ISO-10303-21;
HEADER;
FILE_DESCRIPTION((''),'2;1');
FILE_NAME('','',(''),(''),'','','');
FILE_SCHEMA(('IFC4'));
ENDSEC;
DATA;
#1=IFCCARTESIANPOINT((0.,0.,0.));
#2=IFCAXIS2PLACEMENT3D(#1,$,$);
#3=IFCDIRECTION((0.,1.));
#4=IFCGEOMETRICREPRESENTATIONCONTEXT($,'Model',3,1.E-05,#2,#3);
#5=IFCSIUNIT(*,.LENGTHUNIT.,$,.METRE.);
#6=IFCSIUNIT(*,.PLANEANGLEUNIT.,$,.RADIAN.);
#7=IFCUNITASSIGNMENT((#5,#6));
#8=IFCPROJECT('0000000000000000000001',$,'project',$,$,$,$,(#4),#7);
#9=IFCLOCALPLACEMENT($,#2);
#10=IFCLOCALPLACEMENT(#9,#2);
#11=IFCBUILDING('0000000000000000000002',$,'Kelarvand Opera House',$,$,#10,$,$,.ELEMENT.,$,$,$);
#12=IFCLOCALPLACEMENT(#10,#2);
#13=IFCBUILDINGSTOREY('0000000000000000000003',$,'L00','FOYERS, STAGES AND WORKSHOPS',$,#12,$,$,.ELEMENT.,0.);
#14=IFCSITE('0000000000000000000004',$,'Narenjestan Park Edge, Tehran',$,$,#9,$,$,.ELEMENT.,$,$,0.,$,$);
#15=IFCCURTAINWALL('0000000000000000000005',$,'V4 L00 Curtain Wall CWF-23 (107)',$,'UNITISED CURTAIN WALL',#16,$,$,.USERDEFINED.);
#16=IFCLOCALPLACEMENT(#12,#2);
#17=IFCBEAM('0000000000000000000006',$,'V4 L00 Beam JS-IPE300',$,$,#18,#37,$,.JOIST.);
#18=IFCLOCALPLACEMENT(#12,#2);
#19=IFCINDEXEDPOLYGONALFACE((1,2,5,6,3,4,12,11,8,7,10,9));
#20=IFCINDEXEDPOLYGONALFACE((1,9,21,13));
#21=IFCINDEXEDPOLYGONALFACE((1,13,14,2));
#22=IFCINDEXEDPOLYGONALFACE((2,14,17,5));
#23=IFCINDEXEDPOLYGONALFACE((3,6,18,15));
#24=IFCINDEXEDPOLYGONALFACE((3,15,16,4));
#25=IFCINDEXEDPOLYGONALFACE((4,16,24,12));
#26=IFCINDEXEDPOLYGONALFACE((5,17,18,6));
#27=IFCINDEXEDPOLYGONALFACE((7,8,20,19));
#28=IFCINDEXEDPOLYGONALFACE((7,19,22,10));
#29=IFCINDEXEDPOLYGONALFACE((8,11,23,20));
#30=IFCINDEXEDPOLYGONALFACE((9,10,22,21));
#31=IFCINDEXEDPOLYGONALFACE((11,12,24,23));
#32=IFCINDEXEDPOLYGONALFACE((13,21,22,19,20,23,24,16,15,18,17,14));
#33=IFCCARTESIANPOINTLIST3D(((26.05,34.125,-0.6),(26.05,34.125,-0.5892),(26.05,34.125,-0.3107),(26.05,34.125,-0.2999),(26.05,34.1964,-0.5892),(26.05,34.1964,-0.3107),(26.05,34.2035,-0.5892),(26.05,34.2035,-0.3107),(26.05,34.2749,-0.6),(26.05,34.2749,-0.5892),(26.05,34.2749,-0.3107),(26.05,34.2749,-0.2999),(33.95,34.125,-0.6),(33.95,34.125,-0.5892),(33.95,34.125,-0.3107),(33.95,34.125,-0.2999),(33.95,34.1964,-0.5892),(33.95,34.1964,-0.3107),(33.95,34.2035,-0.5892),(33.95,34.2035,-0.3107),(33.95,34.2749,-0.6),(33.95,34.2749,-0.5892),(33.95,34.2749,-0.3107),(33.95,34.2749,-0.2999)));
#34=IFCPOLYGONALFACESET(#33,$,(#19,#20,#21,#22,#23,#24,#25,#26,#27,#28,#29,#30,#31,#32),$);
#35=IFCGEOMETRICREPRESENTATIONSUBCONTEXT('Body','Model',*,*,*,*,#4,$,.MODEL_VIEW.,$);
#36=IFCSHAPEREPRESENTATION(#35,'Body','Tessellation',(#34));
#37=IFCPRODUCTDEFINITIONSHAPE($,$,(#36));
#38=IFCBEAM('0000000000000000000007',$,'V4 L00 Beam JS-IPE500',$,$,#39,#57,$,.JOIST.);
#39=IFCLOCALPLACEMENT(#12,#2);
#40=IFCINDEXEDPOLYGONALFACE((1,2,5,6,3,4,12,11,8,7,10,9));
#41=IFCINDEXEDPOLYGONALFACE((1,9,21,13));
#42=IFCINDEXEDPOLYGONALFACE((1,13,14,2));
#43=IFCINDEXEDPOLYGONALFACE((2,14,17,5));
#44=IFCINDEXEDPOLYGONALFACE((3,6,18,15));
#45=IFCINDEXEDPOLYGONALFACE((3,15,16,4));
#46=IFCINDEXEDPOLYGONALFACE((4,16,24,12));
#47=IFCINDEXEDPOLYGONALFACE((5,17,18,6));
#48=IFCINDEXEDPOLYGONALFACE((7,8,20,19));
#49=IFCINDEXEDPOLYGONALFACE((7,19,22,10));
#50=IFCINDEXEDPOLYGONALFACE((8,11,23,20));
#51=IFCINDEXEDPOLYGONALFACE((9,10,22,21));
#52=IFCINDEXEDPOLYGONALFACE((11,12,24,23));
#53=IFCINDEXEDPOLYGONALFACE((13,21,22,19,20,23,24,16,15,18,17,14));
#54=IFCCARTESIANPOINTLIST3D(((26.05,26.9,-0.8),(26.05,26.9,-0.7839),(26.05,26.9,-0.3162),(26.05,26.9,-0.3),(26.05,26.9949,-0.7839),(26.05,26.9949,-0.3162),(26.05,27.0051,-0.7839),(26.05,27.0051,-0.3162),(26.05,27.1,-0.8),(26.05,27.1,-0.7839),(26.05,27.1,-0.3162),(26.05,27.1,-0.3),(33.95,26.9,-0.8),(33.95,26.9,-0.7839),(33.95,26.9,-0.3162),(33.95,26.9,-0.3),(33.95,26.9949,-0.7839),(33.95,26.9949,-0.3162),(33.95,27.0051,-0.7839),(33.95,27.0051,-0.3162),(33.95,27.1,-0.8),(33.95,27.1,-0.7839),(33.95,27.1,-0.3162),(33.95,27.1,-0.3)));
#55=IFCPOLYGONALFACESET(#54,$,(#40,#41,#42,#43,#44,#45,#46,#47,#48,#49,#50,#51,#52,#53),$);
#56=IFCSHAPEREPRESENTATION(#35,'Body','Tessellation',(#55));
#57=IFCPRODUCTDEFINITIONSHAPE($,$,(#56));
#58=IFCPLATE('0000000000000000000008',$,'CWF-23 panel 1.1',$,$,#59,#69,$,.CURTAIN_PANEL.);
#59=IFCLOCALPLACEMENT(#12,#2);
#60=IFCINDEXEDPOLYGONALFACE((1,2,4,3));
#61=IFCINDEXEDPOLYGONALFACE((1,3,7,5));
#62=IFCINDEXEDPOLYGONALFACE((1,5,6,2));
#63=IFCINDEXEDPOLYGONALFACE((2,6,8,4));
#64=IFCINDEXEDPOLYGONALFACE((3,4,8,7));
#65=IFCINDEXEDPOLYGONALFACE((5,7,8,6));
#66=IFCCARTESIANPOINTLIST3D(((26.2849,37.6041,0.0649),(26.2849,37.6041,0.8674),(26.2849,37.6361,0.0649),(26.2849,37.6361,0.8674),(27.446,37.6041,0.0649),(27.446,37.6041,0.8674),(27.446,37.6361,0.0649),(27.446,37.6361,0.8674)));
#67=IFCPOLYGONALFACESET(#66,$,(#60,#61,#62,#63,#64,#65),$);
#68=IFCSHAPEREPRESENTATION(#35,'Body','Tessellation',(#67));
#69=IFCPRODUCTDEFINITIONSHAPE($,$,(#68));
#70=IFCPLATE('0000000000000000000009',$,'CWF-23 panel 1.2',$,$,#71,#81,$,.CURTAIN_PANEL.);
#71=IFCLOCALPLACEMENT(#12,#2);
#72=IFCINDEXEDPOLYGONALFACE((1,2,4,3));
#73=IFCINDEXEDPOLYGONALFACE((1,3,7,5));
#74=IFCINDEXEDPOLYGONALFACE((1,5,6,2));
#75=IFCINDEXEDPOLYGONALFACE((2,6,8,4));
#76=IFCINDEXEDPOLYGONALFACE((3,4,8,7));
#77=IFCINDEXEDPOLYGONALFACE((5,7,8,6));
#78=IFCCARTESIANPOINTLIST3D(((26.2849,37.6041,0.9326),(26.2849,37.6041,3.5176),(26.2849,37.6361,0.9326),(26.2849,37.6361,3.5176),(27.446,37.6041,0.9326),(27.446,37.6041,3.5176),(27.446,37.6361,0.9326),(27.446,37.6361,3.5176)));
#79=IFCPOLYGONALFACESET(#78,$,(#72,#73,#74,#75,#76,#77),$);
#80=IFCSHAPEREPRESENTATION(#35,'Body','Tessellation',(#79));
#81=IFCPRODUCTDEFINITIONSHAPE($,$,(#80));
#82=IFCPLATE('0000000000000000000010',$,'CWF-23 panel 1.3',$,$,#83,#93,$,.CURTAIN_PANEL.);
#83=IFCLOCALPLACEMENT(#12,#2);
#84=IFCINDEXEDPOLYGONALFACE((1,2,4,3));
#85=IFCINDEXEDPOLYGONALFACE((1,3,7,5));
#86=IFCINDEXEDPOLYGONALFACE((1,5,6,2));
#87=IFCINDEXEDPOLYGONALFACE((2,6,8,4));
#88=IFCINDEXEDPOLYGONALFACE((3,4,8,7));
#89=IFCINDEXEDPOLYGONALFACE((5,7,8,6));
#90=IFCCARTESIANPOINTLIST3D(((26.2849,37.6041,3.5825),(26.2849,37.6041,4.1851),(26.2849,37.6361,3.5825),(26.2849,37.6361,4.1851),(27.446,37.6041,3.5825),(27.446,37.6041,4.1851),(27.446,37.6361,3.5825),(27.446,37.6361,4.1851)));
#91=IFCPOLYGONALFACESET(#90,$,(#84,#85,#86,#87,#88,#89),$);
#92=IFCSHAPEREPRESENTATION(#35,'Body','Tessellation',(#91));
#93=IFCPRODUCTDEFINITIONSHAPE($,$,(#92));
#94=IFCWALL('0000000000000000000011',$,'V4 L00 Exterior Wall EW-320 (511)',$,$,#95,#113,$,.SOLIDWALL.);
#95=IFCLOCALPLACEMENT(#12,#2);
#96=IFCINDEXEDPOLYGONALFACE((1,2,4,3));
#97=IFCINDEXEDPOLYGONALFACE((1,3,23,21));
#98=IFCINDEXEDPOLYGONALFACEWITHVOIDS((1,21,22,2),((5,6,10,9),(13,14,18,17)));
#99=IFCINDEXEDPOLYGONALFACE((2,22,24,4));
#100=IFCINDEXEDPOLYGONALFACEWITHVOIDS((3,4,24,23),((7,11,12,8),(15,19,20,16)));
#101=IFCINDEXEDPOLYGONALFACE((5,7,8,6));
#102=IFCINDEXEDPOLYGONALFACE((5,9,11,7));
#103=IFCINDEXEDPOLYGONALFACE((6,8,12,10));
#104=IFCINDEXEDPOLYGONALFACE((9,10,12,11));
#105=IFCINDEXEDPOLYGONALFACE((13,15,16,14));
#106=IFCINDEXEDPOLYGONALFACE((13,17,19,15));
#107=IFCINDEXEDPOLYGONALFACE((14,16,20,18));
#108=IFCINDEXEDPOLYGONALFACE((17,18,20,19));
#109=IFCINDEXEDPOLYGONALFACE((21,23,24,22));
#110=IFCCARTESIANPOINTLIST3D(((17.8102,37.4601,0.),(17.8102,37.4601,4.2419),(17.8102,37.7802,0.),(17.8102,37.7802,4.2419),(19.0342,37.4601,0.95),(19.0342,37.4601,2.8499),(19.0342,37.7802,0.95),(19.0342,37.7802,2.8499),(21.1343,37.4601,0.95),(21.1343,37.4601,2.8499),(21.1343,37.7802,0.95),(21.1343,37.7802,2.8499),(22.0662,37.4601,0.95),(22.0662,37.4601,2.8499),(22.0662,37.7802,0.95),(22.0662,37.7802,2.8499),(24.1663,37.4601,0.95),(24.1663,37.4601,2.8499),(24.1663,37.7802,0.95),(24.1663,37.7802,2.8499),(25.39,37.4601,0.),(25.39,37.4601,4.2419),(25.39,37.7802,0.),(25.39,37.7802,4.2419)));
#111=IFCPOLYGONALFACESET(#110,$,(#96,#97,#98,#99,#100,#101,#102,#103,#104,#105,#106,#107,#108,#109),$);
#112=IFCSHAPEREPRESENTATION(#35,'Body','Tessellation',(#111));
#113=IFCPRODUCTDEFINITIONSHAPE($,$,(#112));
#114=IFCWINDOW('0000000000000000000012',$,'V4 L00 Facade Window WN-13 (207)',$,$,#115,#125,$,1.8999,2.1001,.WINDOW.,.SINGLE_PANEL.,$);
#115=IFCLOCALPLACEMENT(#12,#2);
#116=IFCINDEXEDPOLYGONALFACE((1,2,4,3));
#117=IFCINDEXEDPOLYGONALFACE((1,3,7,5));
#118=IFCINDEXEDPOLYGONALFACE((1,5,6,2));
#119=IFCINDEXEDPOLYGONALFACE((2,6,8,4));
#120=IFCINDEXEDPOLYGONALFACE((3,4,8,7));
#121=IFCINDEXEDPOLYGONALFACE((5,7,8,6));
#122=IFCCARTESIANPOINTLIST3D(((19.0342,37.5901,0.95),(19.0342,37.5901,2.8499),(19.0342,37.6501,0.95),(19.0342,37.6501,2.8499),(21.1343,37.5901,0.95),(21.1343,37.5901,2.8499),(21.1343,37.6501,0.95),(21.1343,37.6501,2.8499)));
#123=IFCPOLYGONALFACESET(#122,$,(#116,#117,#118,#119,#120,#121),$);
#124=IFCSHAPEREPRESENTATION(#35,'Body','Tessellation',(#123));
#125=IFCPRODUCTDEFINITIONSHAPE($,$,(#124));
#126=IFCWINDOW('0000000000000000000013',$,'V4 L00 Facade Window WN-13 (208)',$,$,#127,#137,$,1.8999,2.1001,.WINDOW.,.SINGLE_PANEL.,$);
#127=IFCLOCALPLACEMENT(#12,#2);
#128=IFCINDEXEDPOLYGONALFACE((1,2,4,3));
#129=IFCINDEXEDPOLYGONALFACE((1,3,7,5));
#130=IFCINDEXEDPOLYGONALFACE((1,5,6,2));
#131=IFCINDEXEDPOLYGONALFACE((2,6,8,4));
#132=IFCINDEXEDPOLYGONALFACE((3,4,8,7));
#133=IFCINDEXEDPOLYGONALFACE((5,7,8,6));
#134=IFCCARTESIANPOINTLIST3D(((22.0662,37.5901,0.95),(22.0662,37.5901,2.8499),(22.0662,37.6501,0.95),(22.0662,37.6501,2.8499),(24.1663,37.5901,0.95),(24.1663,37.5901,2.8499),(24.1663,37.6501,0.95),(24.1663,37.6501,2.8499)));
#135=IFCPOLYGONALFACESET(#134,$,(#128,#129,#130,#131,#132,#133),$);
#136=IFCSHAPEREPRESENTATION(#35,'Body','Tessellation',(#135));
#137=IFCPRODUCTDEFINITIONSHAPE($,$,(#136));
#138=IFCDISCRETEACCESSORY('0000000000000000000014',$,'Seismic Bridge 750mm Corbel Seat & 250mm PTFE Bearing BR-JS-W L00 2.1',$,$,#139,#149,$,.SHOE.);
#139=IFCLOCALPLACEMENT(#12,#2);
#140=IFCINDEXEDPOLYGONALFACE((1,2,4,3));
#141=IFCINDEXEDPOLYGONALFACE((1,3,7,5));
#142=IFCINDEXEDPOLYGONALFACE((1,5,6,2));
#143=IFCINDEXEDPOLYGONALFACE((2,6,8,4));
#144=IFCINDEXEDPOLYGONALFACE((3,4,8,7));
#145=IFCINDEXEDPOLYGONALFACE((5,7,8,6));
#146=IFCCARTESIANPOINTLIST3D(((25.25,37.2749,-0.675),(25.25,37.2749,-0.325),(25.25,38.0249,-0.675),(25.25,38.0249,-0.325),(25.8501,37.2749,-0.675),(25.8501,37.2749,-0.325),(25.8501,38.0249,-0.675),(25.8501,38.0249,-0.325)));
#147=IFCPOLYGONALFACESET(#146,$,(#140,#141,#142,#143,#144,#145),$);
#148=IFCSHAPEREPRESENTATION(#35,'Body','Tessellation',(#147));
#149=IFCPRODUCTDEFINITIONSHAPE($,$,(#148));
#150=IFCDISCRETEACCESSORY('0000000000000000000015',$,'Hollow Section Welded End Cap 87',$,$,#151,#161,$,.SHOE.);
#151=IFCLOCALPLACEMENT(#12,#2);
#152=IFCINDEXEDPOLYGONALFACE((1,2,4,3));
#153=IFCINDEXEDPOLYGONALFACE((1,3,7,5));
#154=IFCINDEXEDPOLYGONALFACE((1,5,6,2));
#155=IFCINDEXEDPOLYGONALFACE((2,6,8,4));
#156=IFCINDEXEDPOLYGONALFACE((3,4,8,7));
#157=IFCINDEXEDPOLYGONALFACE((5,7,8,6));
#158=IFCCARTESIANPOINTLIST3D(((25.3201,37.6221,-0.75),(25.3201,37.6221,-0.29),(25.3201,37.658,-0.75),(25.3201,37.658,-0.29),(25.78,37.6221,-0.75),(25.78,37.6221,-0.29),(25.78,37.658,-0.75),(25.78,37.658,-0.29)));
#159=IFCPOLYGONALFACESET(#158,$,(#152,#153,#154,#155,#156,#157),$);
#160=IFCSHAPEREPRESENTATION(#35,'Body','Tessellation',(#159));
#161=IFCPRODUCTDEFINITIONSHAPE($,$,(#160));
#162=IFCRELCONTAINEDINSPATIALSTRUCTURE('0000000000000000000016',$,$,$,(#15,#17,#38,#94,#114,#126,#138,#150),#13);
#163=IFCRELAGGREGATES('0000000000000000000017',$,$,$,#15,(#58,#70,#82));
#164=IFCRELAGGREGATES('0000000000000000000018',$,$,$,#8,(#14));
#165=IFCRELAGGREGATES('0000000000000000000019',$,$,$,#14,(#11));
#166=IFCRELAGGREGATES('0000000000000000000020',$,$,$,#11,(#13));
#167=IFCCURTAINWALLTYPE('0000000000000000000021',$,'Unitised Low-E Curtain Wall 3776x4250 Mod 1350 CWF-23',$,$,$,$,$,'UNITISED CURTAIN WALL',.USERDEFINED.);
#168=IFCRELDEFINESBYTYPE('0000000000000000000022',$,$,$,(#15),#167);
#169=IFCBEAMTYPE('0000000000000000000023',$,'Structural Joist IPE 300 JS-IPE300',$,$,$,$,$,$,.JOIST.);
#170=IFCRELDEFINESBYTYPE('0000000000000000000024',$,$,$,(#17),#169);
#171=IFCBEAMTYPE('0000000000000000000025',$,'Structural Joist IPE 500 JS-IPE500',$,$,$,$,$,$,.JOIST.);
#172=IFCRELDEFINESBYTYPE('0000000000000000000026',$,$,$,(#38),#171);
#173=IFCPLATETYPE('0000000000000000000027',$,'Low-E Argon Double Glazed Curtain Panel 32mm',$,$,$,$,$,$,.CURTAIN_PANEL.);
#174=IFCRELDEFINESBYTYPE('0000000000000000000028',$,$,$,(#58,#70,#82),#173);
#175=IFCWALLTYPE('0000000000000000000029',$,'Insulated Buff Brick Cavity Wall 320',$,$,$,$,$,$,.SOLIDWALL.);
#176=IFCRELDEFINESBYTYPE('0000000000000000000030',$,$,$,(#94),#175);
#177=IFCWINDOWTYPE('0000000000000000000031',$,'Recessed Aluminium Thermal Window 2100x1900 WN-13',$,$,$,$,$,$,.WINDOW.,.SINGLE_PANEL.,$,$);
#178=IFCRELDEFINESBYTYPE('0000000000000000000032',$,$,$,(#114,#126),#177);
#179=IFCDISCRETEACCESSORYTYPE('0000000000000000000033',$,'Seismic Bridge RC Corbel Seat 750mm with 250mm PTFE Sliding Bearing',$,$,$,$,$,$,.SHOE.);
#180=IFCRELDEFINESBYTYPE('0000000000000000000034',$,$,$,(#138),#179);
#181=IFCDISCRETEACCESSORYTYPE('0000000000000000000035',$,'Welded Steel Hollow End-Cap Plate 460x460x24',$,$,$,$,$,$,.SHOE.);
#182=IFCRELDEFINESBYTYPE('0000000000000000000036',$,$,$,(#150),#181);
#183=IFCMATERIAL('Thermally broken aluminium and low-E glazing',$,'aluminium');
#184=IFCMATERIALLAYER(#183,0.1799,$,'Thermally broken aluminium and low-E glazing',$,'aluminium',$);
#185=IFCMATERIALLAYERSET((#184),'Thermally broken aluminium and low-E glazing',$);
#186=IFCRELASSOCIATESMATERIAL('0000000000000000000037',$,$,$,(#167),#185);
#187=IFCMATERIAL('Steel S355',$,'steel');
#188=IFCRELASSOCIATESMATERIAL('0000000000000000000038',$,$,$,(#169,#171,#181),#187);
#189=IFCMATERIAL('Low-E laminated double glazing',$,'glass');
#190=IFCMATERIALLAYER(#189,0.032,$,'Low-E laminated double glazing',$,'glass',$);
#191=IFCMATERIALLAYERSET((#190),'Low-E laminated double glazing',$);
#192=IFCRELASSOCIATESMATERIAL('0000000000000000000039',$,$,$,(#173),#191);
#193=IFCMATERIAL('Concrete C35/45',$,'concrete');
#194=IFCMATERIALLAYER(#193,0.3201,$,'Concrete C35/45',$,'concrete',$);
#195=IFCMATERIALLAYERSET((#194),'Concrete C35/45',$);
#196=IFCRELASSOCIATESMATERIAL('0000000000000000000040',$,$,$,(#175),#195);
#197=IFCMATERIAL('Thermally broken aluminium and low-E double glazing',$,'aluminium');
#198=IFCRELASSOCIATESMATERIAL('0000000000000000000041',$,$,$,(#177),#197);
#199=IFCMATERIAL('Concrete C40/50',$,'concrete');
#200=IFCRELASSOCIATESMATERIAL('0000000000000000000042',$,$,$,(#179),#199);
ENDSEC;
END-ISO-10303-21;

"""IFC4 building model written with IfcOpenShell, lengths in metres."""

from ifc_helpers import new_model, si_unit, direction, frame, frame_2d, origin, origin_2d, place, context, subcontext, project, spatial, rectangle, i_section, extrude, material, layer, layer_set, material_profile, profile_set, type_object, element, fill, aggregate, save


model = new_model("IFC4")

# Units and contexts
model_context = context("Model", 3, precision=1e-05, world=origin(), true_north=direction((0.0, 1.0)))
body_context = subcontext(model_context, "Body", "Model", "MODEL_VIEW")
ifc_project = project(units=[si_unit("LENGTHUNIT", "METRE"), si_unit("PLANEANGLEUNIT", "RADIAN")], contexts=[model_context])

# Site, building, storey
site_placement = place(None, origin())
site = spatial("IfcSite", under=ifc_project, at=site_placement, Name="Narenjestan Park Edge, Tehran", CompositionType="ELEMENT", RefElevation=0.0)
building_placement = place(site_placement, origin())
building = spatial("IfcBuilding", under=site, at=building_placement, Name="Kelarvand Opera House", CompositionType="ELEMENT")
storey_placement = place(building_placement, origin())
storey = spatial("IfcBuildingStorey", under=building, at=storey_placement, Name="L00", Description="FOYERS, STAGES AND WORKSHOPS", CompositionType="ELEMENT", Elevation=0.0)

# Curtain wall
ifc_material_1 = material(Name="Thermally broken aluminium and low-E glazing", Category="aluminium")
ifc_layer_1 = layer(ifc_material_1, 0.1799, Name="Thermally broken aluminium and low-E glazing", Category="aluminium")
ifc_layer_set_1 = layer_set([ifc_layer_1], Name="Thermally broken aluminium and low-E glazing")
curtain_wall_type = type_object("IfcCurtainWallType", Name="Unitised Low-E Curtain Wall 3776x4250 Mod 1350 CWF-23", ElementType="UNITISED CURTAIN WALL", PredefinedType="USERDEFINED", material=ifc_layer_set_1)
curtain_wall_placement = place(storey_placement, origin())
curtain_wall = element("IfcCurtainWall", 1, at=curtain_wall_placement, inside=storey, type_object=curtain_wall_type, Name="V4 L00 Curtain Wall CWF-23 (107)", ObjectType="UNITISED CURTAIN WALL", PredefinedType="USERDEFINED")

# Beams
ifc_material_2 = material(Name="Concrete C40/50", Category="concrete")
ifc_material_3 = material(Name="Steel S355", Category="steel")
ifc_material_profile_1 = material_profile(ifc_material_3, i_section(OverallWidth=0.1499, OverallDepth=0.3, WebThickness=0.0071, FlangeThickness=0.0107, at=origin_2d()), Name="IPE 300", Category="steel")
ifc_profile_set_1 = profile_set([ifc_material_profile_1], Name="Steel S355")
beam_type_1 = type_object("IfcBeamType", Name="Structural Joist IPE 300 JS-IPE300", PredefinedType="JOIST", material=ifc_profile_set_1)
beam_1_placement = place(storey_placement, frame((26.05, 34.2, -0.45), z_axis=(1.0, 0.0, 0.0), x_axis=(0.0, 1.0, 0.0)))
element("IfcBeam", 2, at=beam_1_placement, inside=storey, type_object=beam_type_1, Name="V4 L00 Beam JS-IPE300", PredefinedType="JOIST", context=body_context, shape_type="SweptSolid", body=[
    extrude(i_section(OverallWidth=0.1499, OverallDepth=0.3, WebThickness=0.0071, FlangeThickness=0.0107, at=origin_2d()), origin(), (0.0, 0.0, 1.0), 7.8999),
])
ifc_material_profile_2 = material_profile(ifc_material_3, i_section(OverallWidth=0.2, OverallDepth=0.5, WebThickness=0.0103, FlangeThickness=0.0161, at=origin_2d()), Name="IPE 500", Category="steel")
ifc_profile_set_2 = profile_set([ifc_material_profile_2], Name="Steel S355")
beam_type_2 = type_object("IfcBeamType", Name="Structural Joist IPE 500 JS-IPE500", PredefinedType="JOIST", material=ifc_profile_set_2)
beam_2_placement = place(storey_placement, frame((26.05, 27.0, -0.55), z_axis=(1.0, 0.0, 0.0), x_axis=(0.0, 1.0, 0.0)))
element("IfcBeam", 3, at=beam_2_placement, inside=storey, type_object=beam_type_2, Name="V4 L00 Beam JS-IPE500", PredefinedType="JOIST", context=body_context, shape_type="SweptSolid", body=[
    extrude(i_section(OverallWidth=0.2, OverallDepth=0.5, WebThickness=0.0103, FlangeThickness=0.0161, at=origin_2d()), origin(), (0.0, 0.0, 1.0), 7.8999),
])

# Plates
ifc_material_4 = material(Name="Low-E laminated double glazing", Category="glass")
ifc_layer_2 = layer(ifc_material_4, 0.032, Name="Low-E laminated double glazing", Category="glass")
ifc_layer_set_2 = layer_set([ifc_layer_2], Name="Low-E laminated double glazing")
plate_type = type_object("IfcPlateType", Name="Low-E Argon Double Glazed Curtain Panel 32mm", PredefinedType="CURTAIN_PANEL", material=ifc_layer_set_2)
plate_1_placement = place(storey_placement, frame((26.8655, 37.6201, 0.0649), z_axis=(0.0, 0.0, 1.0), x_axis=(1.0, 0.0, 0.0)))
plate_1 = element("IfcPlate", 4, at=plate_1_placement, type_object=plate_type, Name="CWF-23 panel 1.1", PredefinedType="CURTAIN_PANEL", context=body_context, shape_type="SweptSolid", body=[
    extrude(rectangle(XDim=1.1611, YDim=0.032, at=origin_2d()), origin(), (0.0, 0.0, 1.0), 0.8025),
])
plate_2_placement = place(storey_placement, frame((26.8655, 37.6201, 0.9326), z_axis=(0.0, 0.0, 1.0), x_axis=(1.0, 0.0, 0.0)))
plate_2 = element("IfcPlate", 5, at=plate_2_placement, type_object=plate_type, Name="CWF-23 panel 1.2", PredefinedType="CURTAIN_PANEL", context=body_context, shape_type="SweptSolid", body=[
    extrude(rectangle(XDim=1.1611, YDim=0.032, at=origin_2d()), origin(), (0.0, 0.0, 1.0), 2.585),
])
plate_3_placement = place(storey_placement, frame((26.8655, 37.6201, 3.5825), z_axis=(0.0, 0.0, 1.0), x_axis=(1.0, 0.0, 0.0)))
plate_3 = element("IfcPlate", 6, at=plate_3_placement, type_object=plate_type, Name="CWF-23 panel 1.3", PredefinedType="CURTAIN_PANEL", context=body_context, shape_type="SweptSolid", body=[
    extrude(rectangle(XDim=1.1611, YDim=0.032, at=origin_2d()), origin(), (0.0, 0.0, 1.0), 0.6025),
])
aggregate(curtain_wall, [plate_1, plate_2, plate_3])

# Wall, openings, windows
ifc_material_5 = material(Name="Concrete C35/45", Category="concrete")
ifc_layer_3 = layer(ifc_material_5, 0.3201, Name="Concrete C35/45", Category="concrete")
ifc_layer_set_3 = layer_set([ifc_layer_3], Name="Concrete C35/45")
wall_type = type_object("IfcWallType", Name="Insulated Buff Brick Cavity Wall 320", PredefinedType="SOLIDWALL", material=ifc_layer_set_3)
wall_placement = place(storey_placement, frame((17.8101, 37.6201, 0.0), z_axis=(0.0, 0.0, 1.0), x_axis=(1.0, 0.0, 0.0)))
wall = element("IfcWall", 7, at=wall_placement, inside=storey, type_object=wall_type, Name="V4 L00 Exterior Wall EW-320 (511)", PredefinedType="SOLIDWALL", context=body_context, shape_type="SweptSolid", body=[
    extrude(rectangle(XDim=7.5798, YDim=0.3201, at=frame_2d((3.79, 0.0))), origin(), (0.0, 0.0, 1.0), 4.2419),
])
opening_1_placement = place(wall_placement, frame((1.2241, 0.0, 0.95)))
opening_1 = element("IfcOpeningElement", 8, at=opening_1_placement, cuts=wall, PredefinedType="OPENING", context=body_context, shape_type="SweptSolid", body=[
    extrude(rectangle(XDim=2.1001, YDim=1.8999, at=frame_2d((1.05, 0.95))), frame((0.0, 0.1699, 0.0), z_axis=(0.0, -1.0, 0.0), x_axis=(1.0, 0.0, 0.0)), (0.0, 0.0, 1.0), 0.3401),
])
opening_2_placement = place(wall_placement, frame((4.2561, 0.0, 0.95)))
opening_2 = element("IfcOpeningElement", 9, at=opening_2_placement, cuts=wall, PredefinedType="OPENING", context=body_context, shape_type="SweptSolid", body=[
    extrude(rectangle(XDim=2.1001, YDim=1.8999, at=frame_2d((1.05, 0.95))), frame((0.0, 0.1699, 0.0), z_axis=(0.0, -1.0, 0.0), x_axis=(1.0, 0.0, 0.0)), (0.0, 0.0, 1.0), 0.3401),
])
ifc_material_6 = material(Name="Thermally broken aluminium and low-E double glazing", Category="aluminium")
window_type = type_object("IfcWindowType", Name="Recessed Aluminium Thermal Window 2100x1900 WN-13", PartitioningType="SINGLE_PANEL", PredefinedType="WINDOW", material=ifc_material_6)
window_1_placement = place(opening_1_placement, origin())
window_1 = element("IfcWindow", 10, at=window_1_placement, inside=storey, type_object=window_type, Name="V4 L00 Facade Window WN-13 (207)", OverallHeight=1.8999, OverallWidth=2.1001, PartitioningType="SINGLE_PANEL", PredefinedType="WINDOW", context=body_context, shape_type="SweptSolid", body=[
    extrude(rectangle(XDim=2.1001, YDim=1.8999, at=frame_2d((1.05, 0.95))), frame((0.0, 0.03, 0.0), z_axis=(0.0, -1.0, 0.0), x_axis=(1.0, 0.0, 0.0)), (0.0, 0.0, 1.0), 0.0601),
])
fill(opening_1, window_1)
window_2_placement = place(opening_2_placement, origin())
window_2 = element("IfcWindow", 11, at=window_2_placement, inside=storey, type_object=window_type, Name="V4 L00 Facade Window WN-13 (208)", OverallHeight=1.8999, OverallWidth=2.1001, PartitioningType="SINGLE_PANEL", PredefinedType="WINDOW", context=body_context, shape_type="SweptSolid", body=[
    extrude(rectangle(XDim=2.1001, YDim=1.8999, at=frame_2d((1.05, 0.95))), frame((0.0, 0.03, 0.0), z_axis=(0.0, -1.0, 0.0), x_axis=(1.0, 0.0, 0.0)), (0.0, 0.0, 1.0), 0.0601),
])
fill(opening_2, window_2)

# Discrete accessories
discrete_accessory_type_1 = type_object("IfcDiscreteAccessoryType", Name="Seismic Bridge RC Corbel Seat 750mm with 250mm PTFE Sliding Bearing", PredefinedType="SHOE", material=ifc_material_2)
discrete_accessory_1_placement = place(storey_placement, frame((25.55, 37.6499, -0.675), z_axis=(0.0, 0.0, 1.0), x_axis=(0.0, 1.0, 0.0)))
element("IfcDiscreteAccessory", 12, at=discrete_accessory_1_placement, inside=storey, type_object=discrete_accessory_type_1, Name="Seismic Bridge 750mm Corbel Seat & 250mm PTFE Bearing BR-JS-W L00 2.1", PredefinedType="SHOE", context=body_context, shape_type="SweptSolid", body=[
    extrude(rectangle(XDim=0.75, YDim=0.6001, at=origin_2d()), origin(), (0.0, 0.0, 1.0), 0.3501),
])
ifc_material_profile_3 = material_profile(ifc_material_3, rectangle(XDim=0.46, YDim=0.46, at=origin_2d()), Name="Welded Steel Hollow End-Cap Plate 460x460x24", Category="steel")
ifc_profile_set_3 = profile_set([ifc_material_profile_3], Name="Steel S355")
discrete_accessory_type_2 = type_object("IfcDiscreteAccessoryType", Name="Welded Steel Hollow End-Cap Plate 460x460x24", PredefinedType="SHOE", material=ifc_profile_set_3)
discrete_accessory_2_placement = place(storey_placement, frame((25.55, 37.658, -0.52), z_axis=(0.0, -1.0, 0.0), x_axis=(1.0, 0.0, 0.0)))
element("IfcDiscreteAccessory", 13, at=discrete_accessory_2_placement, inside=storey, type_object=discrete_accessory_type_2, Name="Hollow Section Welded End Cap 87", PredefinedType="SHOE", context=body_context, shape_type="SweptSolid", body=[
    extrude(rectangle(XDim=0.46, YDim=0.46, at=origin_2d()), origin(), (0.0, 0.0, 1.0), 0.0359),
])

save(model, "model.ifc")
